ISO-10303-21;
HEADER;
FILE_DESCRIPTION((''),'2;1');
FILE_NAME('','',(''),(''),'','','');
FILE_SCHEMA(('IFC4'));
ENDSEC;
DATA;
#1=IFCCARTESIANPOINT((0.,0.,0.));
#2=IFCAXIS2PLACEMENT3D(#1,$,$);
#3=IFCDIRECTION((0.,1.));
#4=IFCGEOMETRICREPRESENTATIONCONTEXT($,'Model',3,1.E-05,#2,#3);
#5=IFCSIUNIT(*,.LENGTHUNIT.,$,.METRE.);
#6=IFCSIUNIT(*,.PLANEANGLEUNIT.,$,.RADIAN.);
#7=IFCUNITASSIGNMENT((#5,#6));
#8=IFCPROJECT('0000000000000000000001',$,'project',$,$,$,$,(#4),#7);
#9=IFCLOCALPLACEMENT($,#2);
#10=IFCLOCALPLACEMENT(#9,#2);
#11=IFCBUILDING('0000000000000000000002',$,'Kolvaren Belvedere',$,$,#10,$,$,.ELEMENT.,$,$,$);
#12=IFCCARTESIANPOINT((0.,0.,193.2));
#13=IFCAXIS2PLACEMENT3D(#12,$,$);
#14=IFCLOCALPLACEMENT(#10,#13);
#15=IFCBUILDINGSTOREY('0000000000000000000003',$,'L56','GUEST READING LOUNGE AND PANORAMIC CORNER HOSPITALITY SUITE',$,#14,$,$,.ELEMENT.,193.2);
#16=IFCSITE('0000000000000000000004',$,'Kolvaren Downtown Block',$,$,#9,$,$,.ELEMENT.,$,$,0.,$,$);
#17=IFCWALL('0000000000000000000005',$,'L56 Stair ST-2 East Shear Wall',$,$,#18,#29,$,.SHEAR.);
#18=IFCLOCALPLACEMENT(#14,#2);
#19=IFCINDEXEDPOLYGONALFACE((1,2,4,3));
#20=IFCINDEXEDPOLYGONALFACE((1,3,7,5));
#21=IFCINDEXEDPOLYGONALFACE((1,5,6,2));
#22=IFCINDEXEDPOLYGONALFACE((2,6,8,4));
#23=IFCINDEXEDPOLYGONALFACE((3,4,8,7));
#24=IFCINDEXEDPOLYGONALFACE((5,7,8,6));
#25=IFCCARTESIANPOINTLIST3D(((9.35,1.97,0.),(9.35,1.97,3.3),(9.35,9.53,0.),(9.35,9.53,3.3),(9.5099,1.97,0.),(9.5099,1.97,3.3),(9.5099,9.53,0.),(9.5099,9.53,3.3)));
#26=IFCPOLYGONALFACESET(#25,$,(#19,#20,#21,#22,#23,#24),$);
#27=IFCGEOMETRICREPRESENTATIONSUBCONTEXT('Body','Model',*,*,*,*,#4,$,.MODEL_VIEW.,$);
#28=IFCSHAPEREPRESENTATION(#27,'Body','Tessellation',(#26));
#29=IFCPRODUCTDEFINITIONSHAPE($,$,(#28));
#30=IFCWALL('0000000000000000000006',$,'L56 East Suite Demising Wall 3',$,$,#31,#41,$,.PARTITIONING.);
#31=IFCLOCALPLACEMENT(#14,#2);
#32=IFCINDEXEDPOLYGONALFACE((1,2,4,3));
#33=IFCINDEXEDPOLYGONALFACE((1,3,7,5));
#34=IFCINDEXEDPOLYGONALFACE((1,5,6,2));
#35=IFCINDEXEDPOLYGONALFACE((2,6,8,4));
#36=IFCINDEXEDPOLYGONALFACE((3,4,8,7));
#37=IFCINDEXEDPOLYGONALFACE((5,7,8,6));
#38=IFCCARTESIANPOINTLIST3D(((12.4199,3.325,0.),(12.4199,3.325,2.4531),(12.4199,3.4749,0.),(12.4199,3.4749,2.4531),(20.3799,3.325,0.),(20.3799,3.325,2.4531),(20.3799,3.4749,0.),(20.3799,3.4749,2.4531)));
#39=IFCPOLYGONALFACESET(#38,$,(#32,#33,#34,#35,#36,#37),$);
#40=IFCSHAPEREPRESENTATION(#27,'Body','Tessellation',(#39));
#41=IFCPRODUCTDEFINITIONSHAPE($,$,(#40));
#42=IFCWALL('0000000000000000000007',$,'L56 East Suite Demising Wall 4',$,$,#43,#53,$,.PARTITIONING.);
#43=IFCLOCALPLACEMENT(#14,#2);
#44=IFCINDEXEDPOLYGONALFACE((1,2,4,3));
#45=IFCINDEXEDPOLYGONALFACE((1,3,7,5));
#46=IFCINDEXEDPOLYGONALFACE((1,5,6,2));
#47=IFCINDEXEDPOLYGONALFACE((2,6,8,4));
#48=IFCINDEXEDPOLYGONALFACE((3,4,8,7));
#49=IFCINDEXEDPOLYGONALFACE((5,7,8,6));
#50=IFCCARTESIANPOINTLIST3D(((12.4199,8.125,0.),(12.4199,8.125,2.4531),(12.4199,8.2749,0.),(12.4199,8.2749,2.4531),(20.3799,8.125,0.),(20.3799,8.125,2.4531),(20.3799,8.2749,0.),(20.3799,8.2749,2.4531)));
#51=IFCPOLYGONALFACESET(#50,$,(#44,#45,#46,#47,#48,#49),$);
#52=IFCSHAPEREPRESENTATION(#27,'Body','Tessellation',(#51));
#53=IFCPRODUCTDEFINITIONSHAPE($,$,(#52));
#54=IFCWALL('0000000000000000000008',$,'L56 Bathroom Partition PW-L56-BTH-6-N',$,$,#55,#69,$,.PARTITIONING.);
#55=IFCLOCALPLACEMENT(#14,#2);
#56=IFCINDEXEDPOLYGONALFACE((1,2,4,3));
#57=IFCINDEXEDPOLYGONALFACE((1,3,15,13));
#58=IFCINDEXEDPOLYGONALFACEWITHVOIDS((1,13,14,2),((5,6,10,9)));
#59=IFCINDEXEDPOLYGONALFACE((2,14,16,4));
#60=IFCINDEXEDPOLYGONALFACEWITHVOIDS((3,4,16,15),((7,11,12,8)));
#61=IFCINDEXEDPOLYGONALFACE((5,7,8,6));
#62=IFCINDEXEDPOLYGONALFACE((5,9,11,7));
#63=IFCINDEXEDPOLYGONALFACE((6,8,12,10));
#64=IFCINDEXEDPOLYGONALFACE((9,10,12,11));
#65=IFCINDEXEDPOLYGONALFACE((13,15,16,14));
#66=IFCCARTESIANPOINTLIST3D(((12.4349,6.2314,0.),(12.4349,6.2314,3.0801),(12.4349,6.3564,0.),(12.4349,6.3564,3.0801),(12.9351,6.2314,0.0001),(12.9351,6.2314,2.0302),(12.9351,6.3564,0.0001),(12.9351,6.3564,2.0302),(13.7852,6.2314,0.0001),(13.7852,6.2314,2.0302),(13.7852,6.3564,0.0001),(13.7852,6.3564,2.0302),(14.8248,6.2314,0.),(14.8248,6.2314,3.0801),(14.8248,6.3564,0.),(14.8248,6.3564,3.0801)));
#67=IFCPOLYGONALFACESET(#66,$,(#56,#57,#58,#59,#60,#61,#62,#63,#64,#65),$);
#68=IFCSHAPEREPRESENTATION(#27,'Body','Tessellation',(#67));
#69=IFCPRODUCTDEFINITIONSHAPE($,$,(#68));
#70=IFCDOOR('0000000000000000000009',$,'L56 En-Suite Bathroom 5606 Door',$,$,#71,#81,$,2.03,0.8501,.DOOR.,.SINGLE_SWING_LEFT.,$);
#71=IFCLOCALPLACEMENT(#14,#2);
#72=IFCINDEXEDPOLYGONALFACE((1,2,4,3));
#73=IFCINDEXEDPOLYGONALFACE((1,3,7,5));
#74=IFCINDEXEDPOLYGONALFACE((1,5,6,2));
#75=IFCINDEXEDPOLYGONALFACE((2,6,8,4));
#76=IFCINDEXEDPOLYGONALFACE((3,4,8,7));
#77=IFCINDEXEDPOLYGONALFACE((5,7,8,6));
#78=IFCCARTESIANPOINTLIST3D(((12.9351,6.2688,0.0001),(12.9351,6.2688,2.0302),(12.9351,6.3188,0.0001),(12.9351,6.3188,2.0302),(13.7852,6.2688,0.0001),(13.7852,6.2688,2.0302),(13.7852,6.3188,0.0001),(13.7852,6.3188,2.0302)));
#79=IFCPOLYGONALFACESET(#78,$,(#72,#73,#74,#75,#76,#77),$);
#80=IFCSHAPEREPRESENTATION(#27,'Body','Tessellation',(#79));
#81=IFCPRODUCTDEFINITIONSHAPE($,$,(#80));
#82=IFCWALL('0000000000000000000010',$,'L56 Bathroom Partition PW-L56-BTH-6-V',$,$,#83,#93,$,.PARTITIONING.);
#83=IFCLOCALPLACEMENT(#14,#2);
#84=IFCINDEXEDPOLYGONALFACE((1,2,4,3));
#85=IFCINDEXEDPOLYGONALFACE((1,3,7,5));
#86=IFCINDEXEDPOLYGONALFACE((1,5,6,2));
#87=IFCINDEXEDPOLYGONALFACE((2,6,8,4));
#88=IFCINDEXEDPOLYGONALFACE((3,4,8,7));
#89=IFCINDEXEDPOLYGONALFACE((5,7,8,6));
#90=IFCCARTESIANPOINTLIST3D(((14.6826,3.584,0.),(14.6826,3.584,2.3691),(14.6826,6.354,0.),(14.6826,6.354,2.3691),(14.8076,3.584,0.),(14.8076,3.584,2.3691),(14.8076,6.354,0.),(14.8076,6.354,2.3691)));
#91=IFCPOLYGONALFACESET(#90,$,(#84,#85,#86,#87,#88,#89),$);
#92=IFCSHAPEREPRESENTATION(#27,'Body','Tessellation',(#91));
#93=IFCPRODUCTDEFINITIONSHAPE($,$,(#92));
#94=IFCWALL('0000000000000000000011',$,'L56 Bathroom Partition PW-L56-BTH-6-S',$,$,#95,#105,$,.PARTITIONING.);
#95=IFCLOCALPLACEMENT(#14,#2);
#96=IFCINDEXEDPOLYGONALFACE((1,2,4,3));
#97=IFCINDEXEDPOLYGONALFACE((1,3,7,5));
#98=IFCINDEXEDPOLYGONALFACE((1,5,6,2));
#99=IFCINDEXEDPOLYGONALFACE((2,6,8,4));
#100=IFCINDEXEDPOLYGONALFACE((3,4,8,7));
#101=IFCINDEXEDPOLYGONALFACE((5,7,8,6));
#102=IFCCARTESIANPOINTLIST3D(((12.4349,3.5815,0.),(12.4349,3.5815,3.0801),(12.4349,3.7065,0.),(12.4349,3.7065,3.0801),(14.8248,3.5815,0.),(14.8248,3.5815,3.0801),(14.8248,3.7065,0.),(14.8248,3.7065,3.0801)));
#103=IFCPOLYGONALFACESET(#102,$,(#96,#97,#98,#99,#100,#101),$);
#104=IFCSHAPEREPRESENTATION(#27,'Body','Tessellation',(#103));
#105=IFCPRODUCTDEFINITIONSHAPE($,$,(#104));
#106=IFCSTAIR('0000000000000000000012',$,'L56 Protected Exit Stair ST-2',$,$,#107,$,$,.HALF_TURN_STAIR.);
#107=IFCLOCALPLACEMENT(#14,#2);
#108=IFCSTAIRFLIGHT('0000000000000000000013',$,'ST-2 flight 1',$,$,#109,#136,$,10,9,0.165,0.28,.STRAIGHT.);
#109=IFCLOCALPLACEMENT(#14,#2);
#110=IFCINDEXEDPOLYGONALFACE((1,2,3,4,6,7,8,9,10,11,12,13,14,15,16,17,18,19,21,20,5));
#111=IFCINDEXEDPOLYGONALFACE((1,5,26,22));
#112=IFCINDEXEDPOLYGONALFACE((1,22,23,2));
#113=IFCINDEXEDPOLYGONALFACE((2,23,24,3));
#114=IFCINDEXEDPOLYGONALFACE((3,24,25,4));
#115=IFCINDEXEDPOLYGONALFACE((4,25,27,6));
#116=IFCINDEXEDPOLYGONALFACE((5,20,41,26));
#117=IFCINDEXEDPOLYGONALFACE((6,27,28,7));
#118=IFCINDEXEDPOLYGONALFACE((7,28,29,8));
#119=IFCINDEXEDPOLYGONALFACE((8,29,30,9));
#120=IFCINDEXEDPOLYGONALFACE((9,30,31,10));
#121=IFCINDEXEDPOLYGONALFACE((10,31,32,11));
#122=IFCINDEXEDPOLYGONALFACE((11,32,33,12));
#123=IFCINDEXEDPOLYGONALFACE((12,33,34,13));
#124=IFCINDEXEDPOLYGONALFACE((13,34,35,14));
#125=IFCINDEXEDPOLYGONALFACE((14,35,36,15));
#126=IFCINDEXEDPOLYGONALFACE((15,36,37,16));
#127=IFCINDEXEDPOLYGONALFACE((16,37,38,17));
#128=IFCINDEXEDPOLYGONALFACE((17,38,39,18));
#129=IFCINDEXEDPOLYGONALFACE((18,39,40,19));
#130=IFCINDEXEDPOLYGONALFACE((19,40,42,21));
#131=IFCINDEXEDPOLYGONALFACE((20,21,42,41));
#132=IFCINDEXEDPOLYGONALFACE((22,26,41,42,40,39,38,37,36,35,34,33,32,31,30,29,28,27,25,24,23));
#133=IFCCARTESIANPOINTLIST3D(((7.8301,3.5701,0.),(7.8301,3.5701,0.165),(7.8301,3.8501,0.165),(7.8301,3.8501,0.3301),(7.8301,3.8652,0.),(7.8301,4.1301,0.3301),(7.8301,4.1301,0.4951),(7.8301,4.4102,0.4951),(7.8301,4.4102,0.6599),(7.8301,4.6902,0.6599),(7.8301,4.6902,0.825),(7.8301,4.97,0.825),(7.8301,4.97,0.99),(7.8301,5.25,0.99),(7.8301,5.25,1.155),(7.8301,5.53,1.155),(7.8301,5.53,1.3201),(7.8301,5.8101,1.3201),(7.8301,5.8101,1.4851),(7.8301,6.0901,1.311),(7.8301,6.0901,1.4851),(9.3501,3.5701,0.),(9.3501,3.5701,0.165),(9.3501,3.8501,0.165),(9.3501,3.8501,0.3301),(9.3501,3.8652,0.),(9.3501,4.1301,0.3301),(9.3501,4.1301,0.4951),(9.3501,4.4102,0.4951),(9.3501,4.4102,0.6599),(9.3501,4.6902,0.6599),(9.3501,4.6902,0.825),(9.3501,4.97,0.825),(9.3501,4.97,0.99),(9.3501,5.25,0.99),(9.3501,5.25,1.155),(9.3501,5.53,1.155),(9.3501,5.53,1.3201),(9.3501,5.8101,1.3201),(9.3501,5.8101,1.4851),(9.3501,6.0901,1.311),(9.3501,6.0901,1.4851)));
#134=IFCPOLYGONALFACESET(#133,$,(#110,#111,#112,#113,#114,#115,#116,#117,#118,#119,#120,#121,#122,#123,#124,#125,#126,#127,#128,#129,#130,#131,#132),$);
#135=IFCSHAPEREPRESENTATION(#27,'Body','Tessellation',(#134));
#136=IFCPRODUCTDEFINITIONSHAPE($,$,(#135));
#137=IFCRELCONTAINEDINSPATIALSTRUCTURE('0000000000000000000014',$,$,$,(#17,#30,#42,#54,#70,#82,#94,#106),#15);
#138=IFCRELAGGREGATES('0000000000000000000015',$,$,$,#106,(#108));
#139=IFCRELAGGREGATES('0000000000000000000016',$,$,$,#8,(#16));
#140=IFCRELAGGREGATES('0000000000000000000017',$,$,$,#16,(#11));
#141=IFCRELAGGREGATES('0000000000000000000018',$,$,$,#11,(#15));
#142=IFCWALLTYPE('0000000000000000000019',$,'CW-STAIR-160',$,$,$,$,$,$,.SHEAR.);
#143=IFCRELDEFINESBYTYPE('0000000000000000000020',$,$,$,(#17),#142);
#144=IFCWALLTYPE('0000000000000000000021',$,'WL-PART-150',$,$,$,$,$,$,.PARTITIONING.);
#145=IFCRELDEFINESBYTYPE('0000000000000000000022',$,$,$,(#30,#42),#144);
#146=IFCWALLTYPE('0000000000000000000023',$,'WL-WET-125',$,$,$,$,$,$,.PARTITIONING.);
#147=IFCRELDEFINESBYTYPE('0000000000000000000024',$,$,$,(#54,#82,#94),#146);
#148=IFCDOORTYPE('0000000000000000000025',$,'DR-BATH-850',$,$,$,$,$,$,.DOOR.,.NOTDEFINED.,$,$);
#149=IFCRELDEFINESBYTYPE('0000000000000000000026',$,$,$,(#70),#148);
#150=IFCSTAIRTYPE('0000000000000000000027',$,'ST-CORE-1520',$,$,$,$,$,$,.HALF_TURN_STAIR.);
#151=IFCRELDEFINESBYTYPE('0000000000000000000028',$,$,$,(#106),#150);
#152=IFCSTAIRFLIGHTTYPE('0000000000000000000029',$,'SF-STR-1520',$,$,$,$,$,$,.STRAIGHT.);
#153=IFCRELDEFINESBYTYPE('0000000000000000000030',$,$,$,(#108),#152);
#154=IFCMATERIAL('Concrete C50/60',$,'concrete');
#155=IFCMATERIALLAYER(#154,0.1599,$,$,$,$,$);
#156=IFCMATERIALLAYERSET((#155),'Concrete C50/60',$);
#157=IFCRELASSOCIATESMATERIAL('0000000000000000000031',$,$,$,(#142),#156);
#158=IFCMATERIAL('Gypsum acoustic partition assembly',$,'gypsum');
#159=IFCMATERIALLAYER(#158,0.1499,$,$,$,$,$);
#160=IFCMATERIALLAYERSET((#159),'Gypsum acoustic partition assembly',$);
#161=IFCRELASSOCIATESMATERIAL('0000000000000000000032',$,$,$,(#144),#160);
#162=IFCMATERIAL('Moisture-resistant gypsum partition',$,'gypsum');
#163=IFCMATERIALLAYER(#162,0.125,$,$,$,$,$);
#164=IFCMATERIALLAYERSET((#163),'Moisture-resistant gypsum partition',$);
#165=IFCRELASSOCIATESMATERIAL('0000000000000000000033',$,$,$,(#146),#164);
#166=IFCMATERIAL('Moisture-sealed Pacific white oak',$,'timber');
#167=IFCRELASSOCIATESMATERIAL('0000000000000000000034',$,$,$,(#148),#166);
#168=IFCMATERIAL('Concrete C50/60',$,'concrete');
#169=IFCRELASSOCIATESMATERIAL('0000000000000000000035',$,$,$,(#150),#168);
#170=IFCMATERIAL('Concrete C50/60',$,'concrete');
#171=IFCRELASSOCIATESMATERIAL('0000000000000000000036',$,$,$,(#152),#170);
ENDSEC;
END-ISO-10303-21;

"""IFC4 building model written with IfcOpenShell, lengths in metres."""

from ifc_helpers import new_model, si_unit, direction, frame, frame_2d, origin, place, context, subcontext, project, spatial, polyline, rectangle, outline, extrude, material, layer, layer_set, type_object, element, fill, aggregate, save


model = new_model("IFC4")

# Units and contexts
model_context = context("Model", 3, precision=1e-05, world=origin(), true_north=direction((0.0, 1.0)))
body_context = subcontext(model_context, "Body", "Model", "MODEL_VIEW")
ifc_project = project(units=[si_unit("LENGTHUNIT", "METRE"), si_unit("PLANEANGLEUNIT", "RADIAN")], contexts=[model_context])

# Site, building, storey
site_placement = place(None, origin())
site = spatial("IfcSite", under=ifc_project, at=site_placement, Name="Kolvaren Downtown Block", CompositionType="ELEMENT", RefElevation=0.0)
building_placement = place(site_placement, origin())
building = spatial("IfcBuilding", under=site, at=building_placement, Name="Kolvaren Belvedere", CompositionType="ELEMENT")
storey_placement = place(building_placement, frame((0.0, 0.0, 193.2)))
storey = spatial("IfcBuildingStorey", under=building, at=storey_placement, Name="L56", Description="GUEST READING LOUNGE AND PANORAMIC CORNER HOSPITALITY SUITE", CompositionType="ELEMENT", Elevation=193.2)

# Walls
ifc_material_1 = material(Name="Concrete C50/60", Category="concrete")
ifc_layer_1 = layer(ifc_material_1, 0.1599)
ifc_layer_set_1 = layer_set([ifc_layer_1], Name="Concrete C50/60")
wall_type_1 = type_object("IfcWallType", Name="CW-STAIR-160", PredefinedType="SHEAR", material=ifc_layer_set_1)
wall_1_placement = place(storey_placement, frame((9.4299, 1.97, 0.0), z_axis=(0.0, 0.0, 1.0), x_axis=(0.0, 1.0, 0.0)))
element("IfcWall", 1, at=wall_1_placement, inside=storey, type_object=wall_type_1, Name="L56 Stair ST-2 East Shear Wall", PredefinedType="SHEAR", context=body_context, shape_type="SweptSolid", body=[
    extrude(rectangle(XDim=7.5601, YDim=0.1599, at=frame_2d((3.78, 0.0))), origin(), (0.0, 0.0, 1.0), 3.3),
])
ifc_material_2 = material(Name="Gypsum acoustic partition assembly", Category="gypsum")
ifc_layer_2 = layer(ifc_material_2, 0.1499)
ifc_layer_set_2 = layer_set([ifc_layer_2], Name="Gypsum acoustic partition assembly")
wall_type_2 = type_object("IfcWallType", Name="WL-PART-150", PredefinedType="PARTITIONING", material=ifc_layer_set_2)
for number, where, z_axis, x_axis, name in (
    (2, (12.4199, 3.3999, 0.0), (0.0, 0.0, 1.0), (1.0, 0.0, 0.0), "L56 East Suite Demising Wall 3"),
    (3, (12.4199, 8.2, 0.0), (0.0, 0.0, 1.0), (1.0, 0.0, 0.0), "L56 East Suite Demising Wall 4"),
):
    element("IfcWall", number, at=place(storey_placement, frame(where, z_axis=z_axis, x_axis=x_axis)), inside=storey, type_object=wall_type_2, Name=name, PredefinedType="PARTITIONING", context=body_context, shape_type="SweptSolid", body=[
        extrude(rectangle(XDim=7.96, YDim=0.1499, at=frame_2d((3.98, 0.0))), origin(), (0.0, 0.0, 1.0), 2.4531),
    ])

# Wall, opening, door
ifc_material_3 = material(Name="Moisture-resistant gypsum partition", Category="gypsum")
ifc_layer_3 = layer(ifc_material_3, 0.125)
ifc_layer_set_3 = layer_set([ifc_layer_3], Name="Moisture-resistant gypsum partition")
wall_type_3 = type_object("IfcWallType", Name="WL-WET-125", PredefinedType="PARTITIONING", material=ifc_layer_set_3)
wall_2_placement = place(storey_placement, frame((12.4351, 6.2939, 0.0), z_axis=(0.0, 0.0, 1.0), x_axis=(1.0, 0.0, 0.0)))
wall_2 = element("IfcWall", 4, at=wall_2_placement, inside=storey, type_object=wall_type_3, Name="L56 Bathroom Partition PW-L56-BTH-6-N", PredefinedType="PARTITIONING", context=body_context, shape_type="SweptSolid", body=[
    extrude(rectangle(XDim=2.3899, YDim=0.125, at=frame_2d((1.1948, 0.0))), origin(), (0.0, 0.0, 1.0), 3.0801),
])
opening_placement = place(wall_2_placement, frame((0.5, 0.0, 0.0)))
opening = element("IfcOpeningElement", 5, at=opening_placement, cuts=wall_2, PredefinedType="OPENING", context=body_context, shape_type="SweptSolid", body=[
    extrude(rectangle(XDim=0.8501, YDim=2.03, at=frame_2d((0.425, 1.0151))), frame((0.0, 0.0725, 0.0), z_axis=(0.0, -1.0, 0.0), x_axis=(1.0, 0.0, 0.0)), (0.0, 0.0, 1.0), 0.145),
])
ifc_material_4 = material(Name="Moisture-sealed Pacific white oak", Category="timber")
door_type = type_object("IfcDoorType", Name="DR-BATH-850", OperationType="NOTDEFINED", PredefinedType="DOOR", material=ifc_material_4)
door_placement = place(opening_placement, origin())
door = element("IfcDoor", 6, at=door_placement, inside=storey, type_object=door_type, Name="L56 En-Suite Bathroom 5606 Door", OperationType="SINGLE_SWING_LEFT", OverallHeight=2.03, OverallWidth=0.8501, PredefinedType="DOOR", context=body_context, shape_type="SweptSolid", body=[
    extrude(rectangle(XDim=0.8501, YDim=2.03, at=frame_2d((0.425, 1.0151))), frame((0.0, 0.0249, 0.0), z_axis=(0.0, -1.0, 0.0), x_axis=(1.0, 0.0, 0.0)), (0.0, 0.0, 1.0), 0.05),
])
fill(opening, door)

# Walls
wall_3_placement = place(storey_placement, frame((14.7451, 3.584, 0.0), z_axis=(0.0, 0.0, 1.0), x_axis=(0.0, 1.0, 0.0)))
element("IfcWall", 7, at=wall_3_placement, inside=storey, type_object=wall_type_3, Name="L56 Bathroom Partition PW-L56-BTH-6-V", PredefinedType="PARTITIONING", context=body_context, shape_type="SweptSolid", body=[
    extrude(rectangle(XDim=2.77, YDim=0.125, at=frame_2d((1.385, 0.0))), origin(), (0.0, 0.0, 1.0), 2.3691),
])
wall_4_placement = place(storey_placement, frame((12.4351, 3.644, 0.0), z_axis=(0.0, 0.0, 1.0), x_axis=(1.0, 0.0, 0.0)))
element("IfcWall", 8, at=wall_4_placement, inside=storey, type_object=wall_type_3, Name="L56 Bathroom Partition PW-L56-BTH-6-S", PredefinedType="PARTITIONING", context=body_context, shape_type="SweptSolid", body=[
    extrude(rectangle(XDim=2.3899, YDim=0.125, at=frame_2d((1.1948, 0.0))), origin(), (0.0, 0.0, 1.0), 3.0801),
])

# Stair, stair flight
ifc_material_5 = material(Name="Concrete C50/60", Category="concrete")
stair_type = type_object("IfcStairType", Name="ST-CORE-1520", PredefinedType="HALF_TURN_STAIR", material=ifc_material_5)
stair_placement = place(storey_placement, origin())
stair = element("IfcStair", 9, at=stair_placement, inside=storey, type_object=stair_type, Name="L56 Protected Exit Stair ST-2", PredefinedType="HALF_TURN_STAIR")
ifc_material_6 = material(Name="Concrete C50/60", Category="concrete")
stair_flight_type = type_object("IfcStairFlightType", Name="SF-STR-1520", PredefinedType="STRAIGHT", material=ifc_material_6)
stair_flight_placement = place(storey_placement, frame((8.5901, 3.5701, 0.0), z_axis=(0.0, 0.0, 1.0), x_axis=(0.0, 1.0, 0.0)))
stair_flight = element("IfcStairFlight", 10, at=stair_flight_placement, type_object=stair_flight_type, Name="ST-2 flight 1", NumberOfRisers=10, NumberOfTreads=9, PredefinedType="STRAIGHT", RiserHeight=0.165, TreadLength=0.28, context=body_context, shape_type="SweptSolid", body=[
    extrude(outline(polyline([(0.0, 0.0), (0.0, 0.165), (0.28, 0.165), (0.28, 0.3301), (0.5601, 0.3301), (0.5601, 0.4951), (0.8401, 0.4951), (0.8401, 0.6599), (1.1201, 0.6599), (1.1201, 0.825), (1.3999, 0.825), (1.3999, 0.99), (1.6799, 0.99), (1.6799, 1.155), (1.96, 1.155), (1.96, 1.3201), (2.24, 1.3201), (2.24, 1.4851), (2.52, 1.4851), (2.52, 1.6499), (2.52, 1.311), (0.2952, 0.0), (0.0, 0.0)])), frame((0.0, 0.76, 0.0), z_axis=(0.0, -1.0, 0.0), x_axis=(1.0, 0.0, 0.0)), (0.0, 0.0, 1.0), 1.52),
])
aggregate(stair, [stair_flight])

save(model, "model.ifc")
